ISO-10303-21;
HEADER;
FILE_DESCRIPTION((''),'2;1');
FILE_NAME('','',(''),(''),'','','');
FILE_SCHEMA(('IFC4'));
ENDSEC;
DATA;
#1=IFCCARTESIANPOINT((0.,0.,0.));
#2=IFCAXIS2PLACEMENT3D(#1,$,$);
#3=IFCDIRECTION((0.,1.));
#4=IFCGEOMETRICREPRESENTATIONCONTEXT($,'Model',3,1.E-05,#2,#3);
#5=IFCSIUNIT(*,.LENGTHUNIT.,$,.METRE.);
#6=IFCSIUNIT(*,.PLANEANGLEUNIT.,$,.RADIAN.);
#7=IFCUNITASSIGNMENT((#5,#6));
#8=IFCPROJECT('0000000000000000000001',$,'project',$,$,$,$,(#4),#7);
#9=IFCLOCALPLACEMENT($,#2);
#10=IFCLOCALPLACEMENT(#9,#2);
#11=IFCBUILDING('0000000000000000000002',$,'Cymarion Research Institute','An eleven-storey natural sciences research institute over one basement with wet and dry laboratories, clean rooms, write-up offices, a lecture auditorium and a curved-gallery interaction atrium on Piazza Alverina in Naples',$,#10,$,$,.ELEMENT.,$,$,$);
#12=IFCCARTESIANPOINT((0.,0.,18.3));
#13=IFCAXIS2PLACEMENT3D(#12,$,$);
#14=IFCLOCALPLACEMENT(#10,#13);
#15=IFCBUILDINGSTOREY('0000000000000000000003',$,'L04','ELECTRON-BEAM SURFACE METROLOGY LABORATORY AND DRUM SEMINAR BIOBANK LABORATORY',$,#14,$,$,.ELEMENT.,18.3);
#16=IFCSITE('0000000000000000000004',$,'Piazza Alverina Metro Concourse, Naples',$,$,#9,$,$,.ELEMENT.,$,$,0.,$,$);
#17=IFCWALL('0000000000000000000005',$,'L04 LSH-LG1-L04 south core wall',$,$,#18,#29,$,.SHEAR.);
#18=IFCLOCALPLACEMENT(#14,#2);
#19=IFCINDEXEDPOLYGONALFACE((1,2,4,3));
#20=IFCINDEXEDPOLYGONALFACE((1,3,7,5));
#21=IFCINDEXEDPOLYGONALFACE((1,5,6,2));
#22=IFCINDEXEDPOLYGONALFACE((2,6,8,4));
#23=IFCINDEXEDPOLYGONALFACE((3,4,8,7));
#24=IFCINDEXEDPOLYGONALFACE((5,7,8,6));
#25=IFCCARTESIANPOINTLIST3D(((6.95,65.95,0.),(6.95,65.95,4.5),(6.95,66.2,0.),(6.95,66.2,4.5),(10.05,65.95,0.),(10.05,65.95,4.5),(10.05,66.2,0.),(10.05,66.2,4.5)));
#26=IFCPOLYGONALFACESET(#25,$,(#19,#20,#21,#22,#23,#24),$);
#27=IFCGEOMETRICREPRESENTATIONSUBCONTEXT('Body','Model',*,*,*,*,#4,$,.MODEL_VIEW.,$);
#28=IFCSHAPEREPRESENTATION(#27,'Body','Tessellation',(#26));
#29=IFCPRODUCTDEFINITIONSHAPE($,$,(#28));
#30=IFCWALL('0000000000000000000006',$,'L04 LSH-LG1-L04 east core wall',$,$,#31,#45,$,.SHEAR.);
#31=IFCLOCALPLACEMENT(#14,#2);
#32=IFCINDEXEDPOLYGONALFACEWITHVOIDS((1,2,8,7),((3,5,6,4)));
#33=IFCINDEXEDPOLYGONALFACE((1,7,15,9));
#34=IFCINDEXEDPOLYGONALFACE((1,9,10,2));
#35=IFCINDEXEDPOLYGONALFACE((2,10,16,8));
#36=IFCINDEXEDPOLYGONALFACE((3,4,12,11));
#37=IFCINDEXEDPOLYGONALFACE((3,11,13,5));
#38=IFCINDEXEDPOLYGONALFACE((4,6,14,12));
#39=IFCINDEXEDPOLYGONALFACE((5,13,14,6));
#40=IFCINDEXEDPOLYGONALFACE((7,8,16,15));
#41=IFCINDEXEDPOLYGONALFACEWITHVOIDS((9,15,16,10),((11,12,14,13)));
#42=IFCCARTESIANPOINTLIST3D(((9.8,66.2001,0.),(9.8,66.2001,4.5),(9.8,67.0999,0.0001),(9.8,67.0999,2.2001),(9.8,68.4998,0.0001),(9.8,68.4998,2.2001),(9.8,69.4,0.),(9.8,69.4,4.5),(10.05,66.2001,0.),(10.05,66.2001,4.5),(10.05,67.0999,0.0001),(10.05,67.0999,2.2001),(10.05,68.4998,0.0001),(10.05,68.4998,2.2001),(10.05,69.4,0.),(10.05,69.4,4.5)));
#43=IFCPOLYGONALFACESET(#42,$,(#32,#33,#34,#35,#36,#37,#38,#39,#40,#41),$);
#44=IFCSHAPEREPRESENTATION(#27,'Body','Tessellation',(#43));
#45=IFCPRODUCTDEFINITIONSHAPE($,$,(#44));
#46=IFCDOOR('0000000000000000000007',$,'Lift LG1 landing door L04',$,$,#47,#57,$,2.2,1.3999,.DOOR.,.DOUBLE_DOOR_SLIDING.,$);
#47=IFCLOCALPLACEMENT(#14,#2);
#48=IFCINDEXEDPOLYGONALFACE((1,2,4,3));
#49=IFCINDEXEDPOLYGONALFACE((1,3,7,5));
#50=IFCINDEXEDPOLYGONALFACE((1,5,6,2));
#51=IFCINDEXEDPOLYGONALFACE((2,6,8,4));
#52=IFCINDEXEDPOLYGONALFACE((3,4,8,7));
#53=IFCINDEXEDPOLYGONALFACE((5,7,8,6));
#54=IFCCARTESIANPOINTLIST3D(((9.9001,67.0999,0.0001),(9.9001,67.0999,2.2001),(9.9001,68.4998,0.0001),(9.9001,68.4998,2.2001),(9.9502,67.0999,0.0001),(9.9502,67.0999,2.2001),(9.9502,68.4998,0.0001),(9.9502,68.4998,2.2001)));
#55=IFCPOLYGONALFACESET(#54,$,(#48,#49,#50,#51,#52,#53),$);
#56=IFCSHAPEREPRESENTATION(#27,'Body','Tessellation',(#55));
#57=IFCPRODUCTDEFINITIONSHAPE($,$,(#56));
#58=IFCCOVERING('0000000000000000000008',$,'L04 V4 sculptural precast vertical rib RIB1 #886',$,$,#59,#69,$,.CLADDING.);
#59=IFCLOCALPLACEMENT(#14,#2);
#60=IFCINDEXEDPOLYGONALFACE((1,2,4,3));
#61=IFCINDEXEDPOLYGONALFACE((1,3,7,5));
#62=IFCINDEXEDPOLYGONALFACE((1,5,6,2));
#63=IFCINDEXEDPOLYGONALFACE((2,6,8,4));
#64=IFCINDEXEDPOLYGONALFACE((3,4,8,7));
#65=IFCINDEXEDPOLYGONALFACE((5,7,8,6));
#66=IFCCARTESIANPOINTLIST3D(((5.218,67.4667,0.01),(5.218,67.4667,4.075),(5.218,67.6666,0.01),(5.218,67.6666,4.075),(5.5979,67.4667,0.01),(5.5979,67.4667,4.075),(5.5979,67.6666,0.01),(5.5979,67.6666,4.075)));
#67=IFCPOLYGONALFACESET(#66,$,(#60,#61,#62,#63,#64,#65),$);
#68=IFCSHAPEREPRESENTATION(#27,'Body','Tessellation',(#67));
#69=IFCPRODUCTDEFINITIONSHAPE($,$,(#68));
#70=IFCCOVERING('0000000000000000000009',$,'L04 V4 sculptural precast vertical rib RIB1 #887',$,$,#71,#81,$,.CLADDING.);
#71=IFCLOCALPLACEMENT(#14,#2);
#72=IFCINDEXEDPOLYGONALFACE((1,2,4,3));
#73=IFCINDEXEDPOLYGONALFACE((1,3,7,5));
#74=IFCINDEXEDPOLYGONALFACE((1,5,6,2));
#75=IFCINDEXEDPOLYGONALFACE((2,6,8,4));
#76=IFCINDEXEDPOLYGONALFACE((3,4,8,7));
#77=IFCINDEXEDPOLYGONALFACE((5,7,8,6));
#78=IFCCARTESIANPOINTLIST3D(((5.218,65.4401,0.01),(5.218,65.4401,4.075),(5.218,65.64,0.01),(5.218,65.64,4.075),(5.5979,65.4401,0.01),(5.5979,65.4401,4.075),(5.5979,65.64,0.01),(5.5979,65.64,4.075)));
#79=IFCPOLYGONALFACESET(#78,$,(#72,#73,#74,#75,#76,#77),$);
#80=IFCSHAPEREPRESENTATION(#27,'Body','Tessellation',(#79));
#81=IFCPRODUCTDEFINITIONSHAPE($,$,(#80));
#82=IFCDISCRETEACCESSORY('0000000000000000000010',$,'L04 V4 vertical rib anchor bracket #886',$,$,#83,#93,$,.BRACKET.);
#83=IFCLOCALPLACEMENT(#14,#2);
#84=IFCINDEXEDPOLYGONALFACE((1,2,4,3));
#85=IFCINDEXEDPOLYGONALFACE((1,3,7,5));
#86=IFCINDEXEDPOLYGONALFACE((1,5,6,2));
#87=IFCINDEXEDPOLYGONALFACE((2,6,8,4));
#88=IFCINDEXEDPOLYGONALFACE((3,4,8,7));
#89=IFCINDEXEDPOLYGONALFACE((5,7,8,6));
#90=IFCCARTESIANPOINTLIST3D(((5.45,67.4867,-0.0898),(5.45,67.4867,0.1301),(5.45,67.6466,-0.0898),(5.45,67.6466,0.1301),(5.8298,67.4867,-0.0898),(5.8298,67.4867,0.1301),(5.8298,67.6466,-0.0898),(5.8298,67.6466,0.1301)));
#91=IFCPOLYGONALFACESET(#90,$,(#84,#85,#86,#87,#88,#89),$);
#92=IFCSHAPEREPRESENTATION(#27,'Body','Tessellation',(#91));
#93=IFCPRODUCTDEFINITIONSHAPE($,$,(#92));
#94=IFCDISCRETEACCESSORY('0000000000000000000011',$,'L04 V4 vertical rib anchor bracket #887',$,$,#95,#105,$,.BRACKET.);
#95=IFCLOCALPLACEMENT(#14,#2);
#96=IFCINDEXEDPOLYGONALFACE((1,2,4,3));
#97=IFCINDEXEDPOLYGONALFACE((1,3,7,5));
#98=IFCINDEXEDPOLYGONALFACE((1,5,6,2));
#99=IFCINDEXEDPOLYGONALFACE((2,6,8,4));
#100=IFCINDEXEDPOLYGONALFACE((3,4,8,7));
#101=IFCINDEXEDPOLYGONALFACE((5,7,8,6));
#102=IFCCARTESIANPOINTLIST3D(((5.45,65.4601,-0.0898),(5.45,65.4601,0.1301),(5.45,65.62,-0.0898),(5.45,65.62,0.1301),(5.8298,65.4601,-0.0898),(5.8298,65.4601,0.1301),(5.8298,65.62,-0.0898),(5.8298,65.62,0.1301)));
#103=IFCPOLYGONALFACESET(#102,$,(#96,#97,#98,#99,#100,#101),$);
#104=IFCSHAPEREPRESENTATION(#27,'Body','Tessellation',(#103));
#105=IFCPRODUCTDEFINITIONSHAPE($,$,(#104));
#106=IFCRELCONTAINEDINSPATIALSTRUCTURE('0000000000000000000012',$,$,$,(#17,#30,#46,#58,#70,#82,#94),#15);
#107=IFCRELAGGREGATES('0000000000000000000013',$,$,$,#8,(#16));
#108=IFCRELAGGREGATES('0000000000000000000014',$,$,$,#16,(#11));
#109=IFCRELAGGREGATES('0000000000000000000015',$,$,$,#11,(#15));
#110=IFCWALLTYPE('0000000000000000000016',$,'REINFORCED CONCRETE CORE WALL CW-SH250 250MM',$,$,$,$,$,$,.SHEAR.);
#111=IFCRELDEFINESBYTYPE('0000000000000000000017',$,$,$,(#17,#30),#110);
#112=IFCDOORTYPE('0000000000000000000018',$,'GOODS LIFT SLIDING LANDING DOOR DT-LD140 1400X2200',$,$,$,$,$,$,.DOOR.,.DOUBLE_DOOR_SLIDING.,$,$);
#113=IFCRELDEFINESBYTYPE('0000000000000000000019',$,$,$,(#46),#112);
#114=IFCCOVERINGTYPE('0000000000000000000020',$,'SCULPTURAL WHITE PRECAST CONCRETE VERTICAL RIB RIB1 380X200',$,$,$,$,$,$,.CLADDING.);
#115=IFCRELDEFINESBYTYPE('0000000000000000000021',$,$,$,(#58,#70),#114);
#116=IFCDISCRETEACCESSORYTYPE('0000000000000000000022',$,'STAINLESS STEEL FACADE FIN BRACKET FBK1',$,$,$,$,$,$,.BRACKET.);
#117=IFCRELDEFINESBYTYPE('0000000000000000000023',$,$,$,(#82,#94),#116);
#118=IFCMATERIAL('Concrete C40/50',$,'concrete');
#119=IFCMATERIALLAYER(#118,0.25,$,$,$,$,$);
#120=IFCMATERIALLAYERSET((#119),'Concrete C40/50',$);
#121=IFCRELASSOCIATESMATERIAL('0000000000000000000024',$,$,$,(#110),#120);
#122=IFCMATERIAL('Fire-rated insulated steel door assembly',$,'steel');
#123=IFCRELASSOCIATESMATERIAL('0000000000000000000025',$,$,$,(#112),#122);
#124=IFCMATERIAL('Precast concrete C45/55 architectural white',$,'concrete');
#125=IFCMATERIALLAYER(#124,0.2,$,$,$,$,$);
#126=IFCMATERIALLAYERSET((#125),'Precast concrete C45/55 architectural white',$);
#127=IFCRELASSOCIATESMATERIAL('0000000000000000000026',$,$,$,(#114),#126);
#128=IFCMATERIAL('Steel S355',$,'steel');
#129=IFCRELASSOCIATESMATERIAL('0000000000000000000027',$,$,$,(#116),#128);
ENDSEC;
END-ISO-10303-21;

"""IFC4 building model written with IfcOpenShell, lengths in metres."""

from ifc_helpers import new_model, si_unit, direction, frame, frame_2d, origin, origin_2d, place, context, subcontext, project, spatial, rectangle, extrude, material, layer, layer_set, type_object, element, fill, save


model = new_model("IFC4")

# Units and contexts
model_context = context("Model", 3, precision=1e-05, world=origin(), true_north=direction((0.0, 1.0)))
body_context = subcontext(model_context, "Body", "Model", "MODEL_VIEW")
ifc_project = project(units=[si_unit("LENGTHUNIT", "METRE"), si_unit("PLANEANGLEUNIT", "RADIAN")], contexts=[model_context])

# Site, building, storey
site_placement = place(None, origin())
site = spatial("IfcSite", under=ifc_project, at=site_placement, Name="Piazza Alverina Metro Concourse, Naples", CompositionType="ELEMENT", RefElevation=0.0)
building_placement = place(site_placement, origin())
building = spatial("IfcBuilding", under=site, at=building_placement, Name="Cymarion Research Institute", Description="An eleven-storey natural sciences research institute over one basement with wet and dry laboratories, clean rooms, write-up offices, a lecture auditorium and a curved-gallery interaction atrium on Piazza Alverina in Naples", CompositionType="ELEMENT")
storey_placement = place(building_placement, frame((0.0, 0.0, 18.3)))
storey = spatial("IfcBuildingStorey", under=building, at=storey_placement, Name="L04", Description="ELECTRON-BEAM SURFACE METROLOGY LABORATORY AND DRUM SEMINAR BIOBANK LABORATORY", CompositionType="ELEMENT", Elevation=18.3)

# Wall
ifc_material_1 = material(Name="Concrete C40/50", Category="concrete")
ifc_layer_1 = layer(ifc_material_1, 0.25)
ifc_layer_set_1 = layer_set([ifc_layer_1], Name="Concrete C40/50")
wall_type = type_object("IfcWallType", Name="REINFORCED CONCRETE CORE WALL CW-SH250 250MM", PredefinedType="SHEAR", material=ifc_layer_set_1)
wall_1_placement = place(storey_placement, frame((6.95, 66.075, 0.0), z_axis=(0.0, 0.0, 1.0), x_axis=(1.0, 0.0, 0.0)))
element("IfcWall", 1, at=wall_1_placement, inside=storey, type_object=wall_type, Name="L04 LSH-LG1-L04 south core wall", PredefinedType="SHEAR", context=body_context, shape_type="SweptSolid", body=[
    extrude(rectangle(XDim=3.1001, YDim=0.25, at=frame_2d((1.55, 0.0))), origin(), (0.0, 0.0, 1.0), 4.5),
])

# Wall, opening, door
wall_2_placement = place(storey_placement, frame((9.925, 66.2, 0.0), z_axis=(0.0, 0.0, 1.0), x_axis=(0.0, 1.0, 0.0)))
wall_2 = element("IfcWall", 2, at=wall_2_placement, inside=storey, type_object=wall_type, Name="L04 LSH-LG1-L04 east core wall", PredefinedType="SHEAR", context=body_context, shape_type="SweptSolid", body=[
    extrude(rectangle(XDim=3.2, YDim=0.25, at=frame_2d((1.6001, 0.0))), origin(), (0.0, 0.0, 1.0), 4.5),
])
opening_placement = place(wall_2_placement, frame((0.8999, 0.0, 0.0)))
opening = element("IfcOpeningElement", 3, at=opening_placement, cuts=wall_2, PredefinedType="OPENING", context=body_context, shape_type="SweptSolid", body=[
    extrude(rectangle(XDim=1.3999, YDim=2.2, at=frame_2d((0.7, 1.1001))), frame((0.0, 0.135, 0.0), z_axis=(0.0, -1.0, 0.0), x_axis=(1.0, 0.0, 0.0)), (0.0, 0.0, 1.0), 0.27),
])
ifc_material_2 = material(Name="Fire-rated insulated steel door assembly", Category="steel")
door_type = type_object("IfcDoorType", Name="GOODS LIFT SLIDING LANDING DOOR DT-LD140 1400X2200", OperationType="DOUBLE_DOOR_SLIDING", PredefinedType="DOOR", material=ifc_material_2)
door_placement = place(opening_placement, origin())
door = element("IfcDoor", 4, at=door_placement, inside=storey, type_object=door_type, Name="Lift LG1 landing door L04", OperationType="DOUBLE_DOOR_SLIDING", OverallHeight=2.2, OverallWidth=1.3999, PredefinedType="DOOR", context=body_context, shape_type="SweptSolid", body=[
    extrude(rectangle(XDim=1.3999, YDim=2.2, at=frame_2d((0.7, 1.1001))), frame((0.0, 0.0249, 0.0), z_axis=(0.0, -1.0, 0.0), x_axis=(1.0, 0.0, 0.0)), (0.0, 0.0, 1.0), 0.05),
])
fill(opening, door)

# Coverings
ifc_material_3 = material(Name="Precast concrete C45/55 architectural white", Category="concrete")
ifc_layer_2 = layer(ifc_material_3, 0.2)
ifc_layer_set_2 = layer_set([ifc_layer_2], Name="Precast concrete C45/55 architectural white")
covering_type = type_object("IfcCoveringType", Name="SCULPTURAL WHITE PRECAST CONCRETE VERTICAL RIB RIB1 380X200", PredefinedType="CLADDING", material=ifc_layer_set_2)
for number, where, z_axis, x_axis, name in (
    (5, (5.408, 67.5667, 0.01), (0.0, 0.0, 1.0), (-1.0, 0.0, 0.0), "L04 V4 sculptural precast vertical rib RIB1 #886"),
    (6, (5.408, 65.54, 0.01), (0.0, 0.0, 1.0), (-1.0, 0.0, 0.0), "L04 V4 sculptural precast vertical rib RIB1 #887"),
):
    element("IfcCovering", number, at=place(storey_placement, frame(where, z_axis=z_axis, x_axis=x_axis)), inside=storey, type_object=covering_type, Name=name, PredefinedType="CLADDING", context=body_context, shape_type="SweptSolid", body=[
        extrude(rectangle(XDim=0.3799, YDim=0.2, at=origin_2d()), origin(), (0.0, 0.0, 1.0), 4.0649),
    ])

# Discrete accessories
ifc_material_4 = material(Name="Steel S355", Category="steel")
discrete_accessory_type = type_object("IfcDiscreteAccessoryType", Name="STAINLESS STEEL FACADE FIN BRACKET FBK1", PredefinedType="BRACKET", material=ifc_material_4)
for number, where, z_axis, x_axis, name in (
    (7, (5.6399, 67.5667, -0.0898), (0.0, 0.0, 1.0), (-1.0, 0.0, 0.0), "L04 V4 vertical rib anchor bracket #886"),
    (8, (5.6399, 65.54, -0.0898), (0.0, 0.0, 1.0), (-1.0, 0.0, 0.0), "L04 V4 vertical rib anchor bracket #887"),
):
    element("IfcDiscreteAccessory", number, at=place(storey_placement, frame(where, z_axis=z_axis, x_axis=x_axis)), inside=storey, type_object=discrete_accessory_type, Name=name, PredefinedType="BRACKET", context=body_context, shape_type="SweptSolid", body=[
        extrude(rectangle(XDim=0.3799, YDim=0.1599, at=origin_2d()), origin(), (0.0, 0.0, 1.0), 0.22),
    ])

save(model, "model.ifc")
